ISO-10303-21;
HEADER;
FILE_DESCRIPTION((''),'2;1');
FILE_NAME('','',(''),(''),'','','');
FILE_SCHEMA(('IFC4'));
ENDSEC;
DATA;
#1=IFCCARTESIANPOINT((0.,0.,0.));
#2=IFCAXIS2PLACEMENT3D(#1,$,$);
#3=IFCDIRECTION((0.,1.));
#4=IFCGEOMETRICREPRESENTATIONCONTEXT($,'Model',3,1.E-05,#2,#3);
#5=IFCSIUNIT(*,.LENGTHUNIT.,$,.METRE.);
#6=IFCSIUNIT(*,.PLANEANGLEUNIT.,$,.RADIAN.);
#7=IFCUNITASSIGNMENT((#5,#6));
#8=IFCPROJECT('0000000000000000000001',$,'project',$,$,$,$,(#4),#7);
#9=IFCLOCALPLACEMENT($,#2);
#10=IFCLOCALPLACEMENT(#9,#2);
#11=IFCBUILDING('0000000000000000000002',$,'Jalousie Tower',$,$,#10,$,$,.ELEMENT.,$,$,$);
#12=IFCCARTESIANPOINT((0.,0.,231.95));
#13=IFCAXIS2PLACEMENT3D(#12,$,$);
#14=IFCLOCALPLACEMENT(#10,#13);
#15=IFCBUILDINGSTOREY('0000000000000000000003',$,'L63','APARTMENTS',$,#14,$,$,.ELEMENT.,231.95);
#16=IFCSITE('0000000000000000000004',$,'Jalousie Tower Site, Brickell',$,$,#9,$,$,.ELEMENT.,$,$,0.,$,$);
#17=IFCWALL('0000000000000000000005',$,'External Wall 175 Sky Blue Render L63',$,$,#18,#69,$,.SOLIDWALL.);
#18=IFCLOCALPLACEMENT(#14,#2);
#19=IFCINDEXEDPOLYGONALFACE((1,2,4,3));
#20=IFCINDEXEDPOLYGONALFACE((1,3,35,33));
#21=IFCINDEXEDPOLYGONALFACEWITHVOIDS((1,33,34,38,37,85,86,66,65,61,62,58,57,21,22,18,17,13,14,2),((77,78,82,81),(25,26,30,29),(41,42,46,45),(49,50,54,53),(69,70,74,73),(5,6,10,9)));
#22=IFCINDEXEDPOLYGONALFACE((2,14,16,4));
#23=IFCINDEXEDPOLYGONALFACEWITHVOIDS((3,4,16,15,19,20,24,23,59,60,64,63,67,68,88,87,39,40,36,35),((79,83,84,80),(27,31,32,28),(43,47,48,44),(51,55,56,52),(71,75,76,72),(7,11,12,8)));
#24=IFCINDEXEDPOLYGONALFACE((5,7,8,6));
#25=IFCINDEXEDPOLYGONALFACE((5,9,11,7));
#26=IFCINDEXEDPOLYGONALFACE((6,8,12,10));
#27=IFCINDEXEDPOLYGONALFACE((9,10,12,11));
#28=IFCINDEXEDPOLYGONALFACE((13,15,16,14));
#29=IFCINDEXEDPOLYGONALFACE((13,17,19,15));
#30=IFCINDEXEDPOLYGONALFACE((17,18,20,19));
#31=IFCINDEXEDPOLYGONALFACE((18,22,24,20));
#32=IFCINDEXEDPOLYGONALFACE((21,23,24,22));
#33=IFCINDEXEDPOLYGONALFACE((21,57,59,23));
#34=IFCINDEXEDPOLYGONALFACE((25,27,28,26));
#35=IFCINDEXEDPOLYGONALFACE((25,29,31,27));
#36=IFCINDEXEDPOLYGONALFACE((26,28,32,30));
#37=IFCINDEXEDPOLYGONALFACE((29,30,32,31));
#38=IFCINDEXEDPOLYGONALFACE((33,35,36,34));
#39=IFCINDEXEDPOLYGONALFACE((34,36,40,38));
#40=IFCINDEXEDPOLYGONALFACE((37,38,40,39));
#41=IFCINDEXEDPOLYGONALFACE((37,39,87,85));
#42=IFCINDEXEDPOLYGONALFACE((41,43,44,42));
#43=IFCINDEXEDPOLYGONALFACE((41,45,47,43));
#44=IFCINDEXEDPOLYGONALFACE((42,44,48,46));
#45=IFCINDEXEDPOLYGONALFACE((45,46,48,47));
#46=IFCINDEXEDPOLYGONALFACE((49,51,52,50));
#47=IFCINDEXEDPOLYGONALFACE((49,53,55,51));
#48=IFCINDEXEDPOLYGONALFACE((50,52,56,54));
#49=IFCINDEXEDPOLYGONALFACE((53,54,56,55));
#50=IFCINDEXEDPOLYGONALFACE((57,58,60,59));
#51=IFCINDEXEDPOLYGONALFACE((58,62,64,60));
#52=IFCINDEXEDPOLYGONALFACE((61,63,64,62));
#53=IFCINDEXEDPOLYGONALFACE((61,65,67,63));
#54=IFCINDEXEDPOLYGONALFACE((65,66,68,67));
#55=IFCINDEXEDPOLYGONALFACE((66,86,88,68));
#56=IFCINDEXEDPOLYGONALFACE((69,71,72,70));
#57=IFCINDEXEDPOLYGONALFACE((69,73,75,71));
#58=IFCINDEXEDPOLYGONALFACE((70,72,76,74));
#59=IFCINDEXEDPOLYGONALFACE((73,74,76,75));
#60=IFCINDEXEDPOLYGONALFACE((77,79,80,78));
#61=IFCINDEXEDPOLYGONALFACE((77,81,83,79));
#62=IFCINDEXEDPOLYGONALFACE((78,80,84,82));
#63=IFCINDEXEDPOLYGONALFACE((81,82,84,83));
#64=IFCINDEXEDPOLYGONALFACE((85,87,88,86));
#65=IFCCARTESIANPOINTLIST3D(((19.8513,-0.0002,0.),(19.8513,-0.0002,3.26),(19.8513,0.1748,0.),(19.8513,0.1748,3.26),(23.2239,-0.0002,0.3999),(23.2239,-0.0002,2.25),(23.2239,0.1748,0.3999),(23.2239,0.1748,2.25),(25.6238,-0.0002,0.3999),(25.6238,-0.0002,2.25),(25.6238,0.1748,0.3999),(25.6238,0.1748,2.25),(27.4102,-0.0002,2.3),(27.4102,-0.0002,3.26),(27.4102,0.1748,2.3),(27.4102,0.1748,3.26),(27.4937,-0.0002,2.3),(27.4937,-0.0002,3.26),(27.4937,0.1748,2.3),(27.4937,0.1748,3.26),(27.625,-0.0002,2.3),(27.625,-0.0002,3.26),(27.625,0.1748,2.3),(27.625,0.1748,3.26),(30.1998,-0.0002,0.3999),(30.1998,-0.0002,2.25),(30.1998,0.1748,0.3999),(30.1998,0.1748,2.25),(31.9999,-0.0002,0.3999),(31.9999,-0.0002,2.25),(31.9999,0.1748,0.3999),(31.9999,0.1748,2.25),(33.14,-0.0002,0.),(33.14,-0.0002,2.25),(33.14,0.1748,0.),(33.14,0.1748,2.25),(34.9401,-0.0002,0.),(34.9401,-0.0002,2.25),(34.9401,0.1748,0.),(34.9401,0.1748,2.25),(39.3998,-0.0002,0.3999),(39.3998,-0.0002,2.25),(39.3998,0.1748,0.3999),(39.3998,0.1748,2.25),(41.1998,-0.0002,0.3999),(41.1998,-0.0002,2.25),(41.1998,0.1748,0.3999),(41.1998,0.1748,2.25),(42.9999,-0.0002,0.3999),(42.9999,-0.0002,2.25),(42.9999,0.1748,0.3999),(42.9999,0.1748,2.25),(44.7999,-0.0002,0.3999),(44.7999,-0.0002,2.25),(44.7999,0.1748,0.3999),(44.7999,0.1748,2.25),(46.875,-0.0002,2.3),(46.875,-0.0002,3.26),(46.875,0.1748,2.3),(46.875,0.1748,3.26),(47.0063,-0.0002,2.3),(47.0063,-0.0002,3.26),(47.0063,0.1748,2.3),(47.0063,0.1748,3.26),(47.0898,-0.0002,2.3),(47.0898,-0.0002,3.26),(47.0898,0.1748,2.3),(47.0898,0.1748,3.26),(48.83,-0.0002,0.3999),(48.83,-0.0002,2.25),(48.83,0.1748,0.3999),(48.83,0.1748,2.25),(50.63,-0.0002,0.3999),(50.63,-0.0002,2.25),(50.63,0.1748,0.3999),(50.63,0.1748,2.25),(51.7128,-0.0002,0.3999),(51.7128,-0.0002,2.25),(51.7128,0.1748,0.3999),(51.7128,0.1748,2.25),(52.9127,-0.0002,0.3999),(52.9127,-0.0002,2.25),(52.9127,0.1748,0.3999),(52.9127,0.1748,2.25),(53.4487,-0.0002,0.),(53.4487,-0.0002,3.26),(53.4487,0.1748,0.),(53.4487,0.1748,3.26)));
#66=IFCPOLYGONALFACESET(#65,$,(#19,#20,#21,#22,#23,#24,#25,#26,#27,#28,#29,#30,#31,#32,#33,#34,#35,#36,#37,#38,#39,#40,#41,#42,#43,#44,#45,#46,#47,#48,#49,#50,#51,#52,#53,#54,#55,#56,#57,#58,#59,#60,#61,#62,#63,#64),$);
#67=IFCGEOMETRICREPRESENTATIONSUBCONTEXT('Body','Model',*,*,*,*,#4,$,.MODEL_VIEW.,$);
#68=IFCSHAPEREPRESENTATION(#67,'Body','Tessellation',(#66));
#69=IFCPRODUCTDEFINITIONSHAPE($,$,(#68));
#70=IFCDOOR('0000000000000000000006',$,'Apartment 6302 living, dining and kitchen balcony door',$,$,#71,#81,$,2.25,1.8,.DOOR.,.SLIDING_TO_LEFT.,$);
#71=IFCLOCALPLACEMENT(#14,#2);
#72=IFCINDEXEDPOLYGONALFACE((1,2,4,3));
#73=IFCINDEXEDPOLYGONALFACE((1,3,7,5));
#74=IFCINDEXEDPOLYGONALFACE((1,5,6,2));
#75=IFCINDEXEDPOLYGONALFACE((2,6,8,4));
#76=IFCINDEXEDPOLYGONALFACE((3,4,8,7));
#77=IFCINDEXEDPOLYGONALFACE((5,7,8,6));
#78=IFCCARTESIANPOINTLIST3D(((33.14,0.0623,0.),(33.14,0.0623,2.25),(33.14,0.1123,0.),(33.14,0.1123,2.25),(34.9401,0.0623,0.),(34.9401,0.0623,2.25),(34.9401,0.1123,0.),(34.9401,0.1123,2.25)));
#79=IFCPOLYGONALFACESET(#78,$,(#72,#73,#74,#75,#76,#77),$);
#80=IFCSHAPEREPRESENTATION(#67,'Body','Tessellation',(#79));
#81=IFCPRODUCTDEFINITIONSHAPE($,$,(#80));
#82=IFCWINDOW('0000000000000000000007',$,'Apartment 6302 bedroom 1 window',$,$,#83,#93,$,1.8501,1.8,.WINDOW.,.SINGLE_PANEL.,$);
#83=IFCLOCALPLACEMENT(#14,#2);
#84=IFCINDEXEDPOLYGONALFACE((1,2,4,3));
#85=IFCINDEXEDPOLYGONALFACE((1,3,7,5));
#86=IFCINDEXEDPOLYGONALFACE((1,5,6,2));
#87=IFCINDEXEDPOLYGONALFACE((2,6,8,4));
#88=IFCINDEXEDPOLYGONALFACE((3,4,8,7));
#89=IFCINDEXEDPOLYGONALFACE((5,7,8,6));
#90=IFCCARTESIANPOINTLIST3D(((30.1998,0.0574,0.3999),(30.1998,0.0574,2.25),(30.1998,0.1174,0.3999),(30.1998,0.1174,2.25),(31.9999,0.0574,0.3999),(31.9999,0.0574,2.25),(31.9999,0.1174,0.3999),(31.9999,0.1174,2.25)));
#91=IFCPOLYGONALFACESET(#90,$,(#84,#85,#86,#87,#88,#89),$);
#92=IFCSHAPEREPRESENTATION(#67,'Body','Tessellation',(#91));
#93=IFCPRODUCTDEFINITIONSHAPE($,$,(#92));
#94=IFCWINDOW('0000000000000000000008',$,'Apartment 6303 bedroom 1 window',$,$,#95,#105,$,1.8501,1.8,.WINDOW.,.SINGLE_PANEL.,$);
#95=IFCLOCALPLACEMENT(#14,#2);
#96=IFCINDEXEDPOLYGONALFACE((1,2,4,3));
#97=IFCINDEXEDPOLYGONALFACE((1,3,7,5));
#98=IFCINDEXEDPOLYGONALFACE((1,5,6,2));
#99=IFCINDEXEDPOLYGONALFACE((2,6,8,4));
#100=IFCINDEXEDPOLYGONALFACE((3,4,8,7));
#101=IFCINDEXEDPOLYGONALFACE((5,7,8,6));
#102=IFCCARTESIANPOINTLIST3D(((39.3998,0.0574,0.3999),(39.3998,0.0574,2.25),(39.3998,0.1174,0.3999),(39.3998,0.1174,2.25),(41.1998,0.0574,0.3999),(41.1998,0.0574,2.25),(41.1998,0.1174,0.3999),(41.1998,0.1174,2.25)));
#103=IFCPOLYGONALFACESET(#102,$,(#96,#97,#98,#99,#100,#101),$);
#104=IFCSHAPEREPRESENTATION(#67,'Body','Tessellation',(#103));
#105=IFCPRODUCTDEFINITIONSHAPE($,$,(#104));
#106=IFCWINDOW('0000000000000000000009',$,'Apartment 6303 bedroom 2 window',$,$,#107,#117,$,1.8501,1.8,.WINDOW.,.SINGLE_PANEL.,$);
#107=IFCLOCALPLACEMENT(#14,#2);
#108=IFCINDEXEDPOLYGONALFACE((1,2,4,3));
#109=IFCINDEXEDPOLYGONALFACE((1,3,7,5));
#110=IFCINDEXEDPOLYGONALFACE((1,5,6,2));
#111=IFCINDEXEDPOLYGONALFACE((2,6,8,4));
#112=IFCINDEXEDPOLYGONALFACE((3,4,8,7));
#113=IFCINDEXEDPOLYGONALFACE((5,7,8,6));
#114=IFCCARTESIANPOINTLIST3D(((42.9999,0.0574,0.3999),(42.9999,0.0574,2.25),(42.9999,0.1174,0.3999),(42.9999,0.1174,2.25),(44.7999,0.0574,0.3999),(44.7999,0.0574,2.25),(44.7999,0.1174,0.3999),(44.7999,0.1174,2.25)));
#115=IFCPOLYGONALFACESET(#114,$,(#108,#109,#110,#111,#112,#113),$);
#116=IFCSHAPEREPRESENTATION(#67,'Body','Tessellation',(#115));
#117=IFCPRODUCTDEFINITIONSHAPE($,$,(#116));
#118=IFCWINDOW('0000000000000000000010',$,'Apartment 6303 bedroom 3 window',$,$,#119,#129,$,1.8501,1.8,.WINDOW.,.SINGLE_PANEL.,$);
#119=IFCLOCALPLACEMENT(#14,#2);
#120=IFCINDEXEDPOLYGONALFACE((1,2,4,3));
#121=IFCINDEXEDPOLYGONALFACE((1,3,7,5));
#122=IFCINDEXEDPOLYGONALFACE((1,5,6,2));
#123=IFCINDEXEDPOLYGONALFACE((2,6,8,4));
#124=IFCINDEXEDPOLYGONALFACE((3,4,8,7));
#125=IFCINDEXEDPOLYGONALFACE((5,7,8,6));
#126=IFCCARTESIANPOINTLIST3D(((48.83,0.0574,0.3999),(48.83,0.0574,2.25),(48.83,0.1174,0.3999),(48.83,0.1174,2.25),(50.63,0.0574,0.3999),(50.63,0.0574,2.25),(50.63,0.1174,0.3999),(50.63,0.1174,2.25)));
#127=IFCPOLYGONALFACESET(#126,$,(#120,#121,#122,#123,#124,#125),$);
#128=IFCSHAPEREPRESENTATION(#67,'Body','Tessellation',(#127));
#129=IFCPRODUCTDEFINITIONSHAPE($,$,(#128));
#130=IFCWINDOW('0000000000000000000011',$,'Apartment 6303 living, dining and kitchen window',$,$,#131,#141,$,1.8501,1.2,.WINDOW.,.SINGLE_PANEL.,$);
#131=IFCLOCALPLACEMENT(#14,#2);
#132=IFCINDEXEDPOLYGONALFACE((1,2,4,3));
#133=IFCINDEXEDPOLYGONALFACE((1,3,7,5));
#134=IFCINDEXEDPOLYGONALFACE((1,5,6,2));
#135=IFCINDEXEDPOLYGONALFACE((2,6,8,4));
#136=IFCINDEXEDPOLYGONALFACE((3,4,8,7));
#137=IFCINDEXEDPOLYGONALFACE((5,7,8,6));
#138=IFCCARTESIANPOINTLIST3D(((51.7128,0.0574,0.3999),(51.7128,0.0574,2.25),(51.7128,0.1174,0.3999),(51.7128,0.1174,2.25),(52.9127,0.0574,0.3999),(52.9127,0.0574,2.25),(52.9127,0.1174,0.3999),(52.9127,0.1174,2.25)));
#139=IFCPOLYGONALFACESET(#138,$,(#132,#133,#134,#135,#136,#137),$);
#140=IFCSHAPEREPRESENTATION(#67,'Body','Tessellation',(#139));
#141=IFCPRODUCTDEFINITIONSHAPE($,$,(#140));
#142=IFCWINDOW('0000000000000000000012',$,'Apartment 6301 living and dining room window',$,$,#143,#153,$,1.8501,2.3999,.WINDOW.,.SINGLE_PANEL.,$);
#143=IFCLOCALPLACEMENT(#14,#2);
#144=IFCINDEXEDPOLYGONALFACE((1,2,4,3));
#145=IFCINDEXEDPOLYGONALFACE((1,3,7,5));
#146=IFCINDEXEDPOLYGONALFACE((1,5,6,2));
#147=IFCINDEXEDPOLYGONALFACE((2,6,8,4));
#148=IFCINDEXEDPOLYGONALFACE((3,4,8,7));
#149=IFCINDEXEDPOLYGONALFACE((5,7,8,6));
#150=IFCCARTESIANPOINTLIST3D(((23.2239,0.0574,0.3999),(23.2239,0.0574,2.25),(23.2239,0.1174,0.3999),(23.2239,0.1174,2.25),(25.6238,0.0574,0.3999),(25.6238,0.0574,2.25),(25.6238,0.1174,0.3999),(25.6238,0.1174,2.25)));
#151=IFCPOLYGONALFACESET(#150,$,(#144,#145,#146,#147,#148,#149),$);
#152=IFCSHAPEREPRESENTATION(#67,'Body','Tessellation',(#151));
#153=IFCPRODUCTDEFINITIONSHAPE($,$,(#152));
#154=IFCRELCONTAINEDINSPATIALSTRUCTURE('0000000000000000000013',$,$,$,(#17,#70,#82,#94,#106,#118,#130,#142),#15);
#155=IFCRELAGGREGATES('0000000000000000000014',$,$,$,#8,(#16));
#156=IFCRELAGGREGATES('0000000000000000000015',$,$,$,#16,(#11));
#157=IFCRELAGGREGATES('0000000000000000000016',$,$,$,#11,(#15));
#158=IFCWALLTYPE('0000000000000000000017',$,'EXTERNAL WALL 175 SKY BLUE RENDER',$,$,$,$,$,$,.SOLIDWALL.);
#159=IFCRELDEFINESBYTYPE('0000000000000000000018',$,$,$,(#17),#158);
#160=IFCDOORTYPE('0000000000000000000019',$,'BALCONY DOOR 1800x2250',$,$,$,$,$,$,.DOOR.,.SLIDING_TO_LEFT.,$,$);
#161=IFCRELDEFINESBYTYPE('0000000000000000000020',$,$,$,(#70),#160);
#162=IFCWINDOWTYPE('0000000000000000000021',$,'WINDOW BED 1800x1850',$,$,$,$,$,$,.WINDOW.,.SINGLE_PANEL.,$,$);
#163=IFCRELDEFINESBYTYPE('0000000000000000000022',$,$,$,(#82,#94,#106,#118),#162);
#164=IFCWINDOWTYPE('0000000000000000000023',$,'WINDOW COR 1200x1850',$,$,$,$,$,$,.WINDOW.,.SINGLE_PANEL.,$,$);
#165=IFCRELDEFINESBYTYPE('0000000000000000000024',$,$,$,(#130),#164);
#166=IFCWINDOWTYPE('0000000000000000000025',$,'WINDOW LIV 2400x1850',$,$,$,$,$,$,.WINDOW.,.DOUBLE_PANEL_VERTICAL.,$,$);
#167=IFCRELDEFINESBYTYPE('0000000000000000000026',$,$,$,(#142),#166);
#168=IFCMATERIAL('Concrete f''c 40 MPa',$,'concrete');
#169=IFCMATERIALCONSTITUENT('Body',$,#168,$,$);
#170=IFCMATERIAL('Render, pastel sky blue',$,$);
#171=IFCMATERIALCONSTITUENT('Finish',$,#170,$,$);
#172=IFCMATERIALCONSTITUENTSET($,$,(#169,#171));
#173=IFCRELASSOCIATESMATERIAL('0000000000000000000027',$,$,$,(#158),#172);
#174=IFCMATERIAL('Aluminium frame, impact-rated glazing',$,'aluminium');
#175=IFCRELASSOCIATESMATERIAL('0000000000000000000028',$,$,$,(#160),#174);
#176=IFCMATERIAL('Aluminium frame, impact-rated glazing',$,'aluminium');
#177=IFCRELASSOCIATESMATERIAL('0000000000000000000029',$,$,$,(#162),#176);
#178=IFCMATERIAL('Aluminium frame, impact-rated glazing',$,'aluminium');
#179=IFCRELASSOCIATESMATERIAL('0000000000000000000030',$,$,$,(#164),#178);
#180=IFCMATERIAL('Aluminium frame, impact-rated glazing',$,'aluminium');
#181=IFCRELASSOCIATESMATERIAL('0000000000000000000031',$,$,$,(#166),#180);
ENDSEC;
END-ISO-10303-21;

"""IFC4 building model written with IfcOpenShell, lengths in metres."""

from ifc_helpers import new_model, si_unit, direction, frame, frame_2d, origin, place, context, subcontext, project, spatial, polyline, rectangle, outline, extrude, material, constituent, constituent_set, type_object, element, fill, save


model = new_model("IFC4")

# Units and contexts
model_context = context("Model", 3, precision=1e-05, world=origin(), true_north=direction((0.0, 1.0)))
body_context = subcontext(model_context, "Body", "Model", "MODEL_VIEW")
ifc_project = project(units=[si_unit("LENGTHUNIT", "METRE"), si_unit("PLANEANGLEUNIT", "RADIAN")], contexts=[model_context])

# Site, building, storey
site_placement = place(None, origin())
site = spatial("IfcSite", under=ifc_project, at=site_placement, Name="Jalousie Tower Site, Brickell", CompositionType="ELEMENT", RefElevation=0.0)
building_placement = place(site_placement, origin())
building = spatial("IfcBuilding", under=site, at=building_placement, Name="Jalousie Tower", CompositionType="ELEMENT")
storey_placement = place(building_placement, frame((0.0, 0.0, 231.95)))
storey = spatial("IfcBuildingStorey", under=building, at=storey_placement, Name="L63", Description="APARTMENTS", CompositionType="ELEMENT", Elevation=231.95)

# Wall, openings, door, windows
ifc_material_1 = material(Name="Concrete f'c 40 MPa", Category="concrete")
ifc_constituent_1 = constituent(ifc_material_1, Name="Body")
ifc_material_2 = material(Name="Render, pastel sky blue")
ifc_constituent_2 = constituent(ifc_material_2, Name="Finish")
ifc_constituent_set_1 = constituent_set(constituents=[ifc_constituent_1, ifc_constituent_2])
wall_type_1 = type_object("IfcWallType", Name="EXTERNAL WALL 175 SKY BLUE RENDER", PredefinedType="SOLIDWALL", material=ifc_constituent_set_1)
wall_1_placement = place(storey_placement, frame((19.8513, 0.0874, 0.0), z_axis=(0.0, 0.0, 1.0), x_axis=(1.0, 0.0, 0.0)))
wall_1 = element("IfcWall", 1, at=wall_1_placement, inside=storey, type_object=wall_type_1, Name="External Wall 175 Sky Blue Render L63", PredefinedType="SOLIDWALL", context=body_context, shape_type="SweptSolid", body=[
    extrude(outline(polyline([(0.0, 0.0), (33.5974, 0.0), (33.5974, 3.26), (27.2385, 3.26), (27.2385, 2.3), (27.155, 2.3), (27.155, 3.26), (27.0237, 3.26), (27.0237, 2.3), (7.7737, 2.3), (7.7737, 3.26), (7.6423, 3.26), (7.6423, 2.3), (7.5588, 2.3), (7.5588, 3.26), (0.0, 3.26), (0.0, 0.0)])), frame((0.0, 0.0874, 0.0), z_axis=(0.0, -1.0, 0.0), x_axis=(1.0, 0.0, 0.0)), (0.0, 0.0, 1.0), 0.175),
])
opening_1_placement = place(wall_1_placement, frame((3.3726, 0.0, 0.3999)))
opening_1 = element("IfcOpeningElement", 2, at=opening_1_placement, cuts=wall_1, PredefinedType="OPENING", context=body_context, shape_type="SweptSolid", body=[
    extrude(rectangle(XDim=2.3999, YDim=1.8501, at=frame_2d((1.2, 0.925))), frame((0.0, 0.0974, 0.0), z_axis=(0.0, -1.0, 0.0), x_axis=(1.0, 0.0, 0.0)), (0.0, 0.0, 1.0), 0.1951),
])
opening_2_placement = place(wall_1_placement, frame((10.3486, 0.0, 0.3999)))
opening_2 = element("IfcOpeningElement", 3, at=opening_2_placement, cuts=wall_1, PredefinedType="OPENING", context=body_context, shape_type="SweptSolid", body=[
    extrude(rectangle(XDim=1.8, YDim=1.8501, at=frame_2d((0.8999, 0.925))), frame((0.0, 0.0974, 0.0), z_axis=(0.0, -1.0, 0.0), x_axis=(1.0, 0.0, 0.0)), (0.0, 0.0, 1.0), 0.1951),
])
opening_3_placement = place(wall_1_placement, frame((13.2888, 0.0, 0.0)))
opening_3 = element("IfcOpeningElement", 4, at=opening_3_placement, cuts=wall_1, PredefinedType="OPENING", context=body_context, shape_type="SweptSolid", body=[
    extrude(rectangle(XDim=1.8, YDim=2.25, at=frame_2d((0.8999, 1.125))), frame((0.0, 0.0974, 0.0), z_axis=(0.0, -1.0, 0.0), x_axis=(1.0, 0.0, 0.0)), (0.0, 0.0, 1.0), 0.1951),
])
opening_4_placement = place(wall_1_placement, frame((19.5486, 0.0, 0.3999)))
opening_4 = element("IfcOpeningElement", 5, at=opening_4_placement, cuts=wall_1, PredefinedType="OPENING", context=body_context, shape_type="SweptSolid", body=[
    extrude(rectangle(XDim=1.8, YDim=1.8501, at=frame_2d((0.8999, 0.925))), frame((0.0, 0.0974, 0.0), z_axis=(0.0, -1.0, 0.0), x_axis=(1.0, 0.0, 0.0)), (0.0, 0.0, 1.0), 0.1951),
])
opening_5_placement = place(wall_1_placement, frame((23.1487, 0.0, 0.3999)))
opening_5 = element("IfcOpeningElement", 6, at=opening_5_placement, cuts=wall_1, PredefinedType="OPENING", context=body_context, shape_type="SweptSolid", body=[
    extrude(rectangle(XDim=1.8, YDim=1.8501, at=frame_2d((0.8999, 0.925))), frame((0.0, 0.0974, 0.0), z_axis=(0.0, -1.0, 0.0), x_axis=(1.0, 0.0, 0.0)), (0.0, 0.0, 1.0), 0.1951),
])
opening_6_placement = place(wall_1_placement, frame((28.9788, 0.0, 0.3999)))
opening_6 = element("IfcOpeningElement", 7, at=opening_6_placement, cuts=wall_1, PredefinedType="OPENING", context=body_context, shape_type="SweptSolid", body=[
    extrude(rectangle(XDim=1.8, YDim=1.8501, at=frame_2d((0.8999, 0.925))), frame((0.0, 0.0974, 0.0), z_axis=(0.0, -1.0, 0.0), x_axis=(1.0, 0.0, 0.0)), (0.0, 0.0, 1.0), 0.1951),
])
opening_7_placement = place(wall_1_placement, frame((31.8613, 0.0, 0.3999)))
opening_7 = element("IfcOpeningElement", 8, at=opening_7_placement, cuts=wall_1, PredefinedType="OPENING", context=body_context, shape_type="SweptSolid", body=[
    extrude(rectangle(XDim=1.2, YDim=1.8501, at=frame_2d((0.6001, 0.925))), frame((0.0, 0.0974, 0.0), z_axis=(0.0, -1.0, 0.0), x_axis=(1.0, 0.0, 0.0)), (0.0, 0.0, 1.0), 0.1951),
])
ifc_material_3 = material(Name="Aluminium frame, impact-rated glazing", Category="aluminium")
door_type_1 = type_object("IfcDoorType", Name="BALCONY DOOR 1800x2250", OperationType="SLIDING_TO_LEFT", PredefinedType="DOOR", material=ifc_material_3)
door_1_placement = place(opening_3_placement, origin())
door_1 = element("IfcDoor", 9, at=door_1_placement, inside=storey, type_object=door_type_1, Name="Apartment 6302 living, dining and kitchen balcony door", OperationType="SLIDING_TO_LEFT", OverallHeight=2.25, OverallWidth=1.8, PredefinedType="DOOR", context=body_context, shape_type="SweptSolid", body=[
    extrude(rectangle(XDim=1.8, YDim=2.25, at=frame_2d((0.8999, 1.125))), frame((0.0, 0.0249, 0.0), z_axis=(0.0, -1.0, 0.0), x_axis=(1.0, 0.0, 0.0)), (0.0, 0.0, 1.0), 0.05),
])
fill(opening_3, door_1)
ifc_material_4 = material(Name="Aluminium frame, impact-rated glazing", Category="aluminium")
window_type_1 = type_object("IfcWindowType", Name="WINDOW BED 1800x1850", PartitioningType="SINGLE_PANEL", PredefinedType="WINDOW", material=ifc_material_4)
window_1_placement = place(opening_2_placement, origin())
window_1 = element("IfcWindow", 10, at=window_1_placement, inside=storey, type_object=window_type_1, Name="Apartment 6302 bedroom 1 window", OverallHeight=1.8501, OverallWidth=1.8, PartitioningType="SINGLE_PANEL", PredefinedType="WINDOW", context=body_context, shape_type="SweptSolid", body=[
    extrude(rectangle(XDim=1.8, YDim=1.8501, at=frame_2d((0.8999, 0.925))), frame((0.0, 0.03, 0.0), z_axis=(0.0, -1.0, 0.0), x_axis=(1.0, 0.0, 0.0)), (0.0, 0.0, 1.0), 0.0601),
])
fill(opening_2, window_1)
window_2_placement = place(opening_4_placement, origin())
window_2 = element("IfcWindow", 11, at=window_2_placement, inside=storey, type_object=window_type_1, Name="Apartment 6303 bedroom 1 window", OverallHeight=1.8501, OverallWidth=1.8, PartitioningType="SINGLE_PANEL", PredefinedType="WINDOW", context=body_context, shape_type="SweptSolid", body=[
    extrude(rectangle(XDim=1.8, YDim=1.8501, at=frame_2d((0.8999, 0.925))), frame((0.0, 0.03, 0.0), z_axis=(0.0, -1.0, 0.0), x_axis=(1.0, 0.0, 0.0)), (0.0, 0.0, 1.0), 0.0601),
])
fill(opening_4, window_2)
window_3_placement = place(opening_5_placement, origin())
window_3 = element("IfcWindow", 12, at=window_3_placement, inside=storey, type_object=window_type_1, Name="Apartment 6303 bedroom 2 window", OverallHeight=1.8501, OverallWidth=1.8, PartitioningType="SINGLE_PANEL", PredefinedType="WINDOW", context=body_context, shape_type="SweptSolid", body=[
    extrude(rectangle(XDim=1.8, YDim=1.8501, at=frame_2d((0.8999, 0.925))), frame((0.0, 0.03, 0.0), z_axis=(0.0, -1.0, 0.0), x_axis=(1.0, 0.0, 0.0)), (0.0, 0.0, 1.0), 0.0601),
])
fill(opening_5, window_3)
window_4_placement = place(opening_6_placement, origin())
window_4 = element("IfcWindow", 13, at=window_4_placement, inside=storey, type_object=window_type_1, Name="Apartment 6303 bedroom 3 window", OverallHeight=1.8501, OverallWidth=1.8, PartitioningType="SINGLE_PANEL", PredefinedType="WINDOW", context=body_context, shape_type="SweptSolid", body=[
    extrude(rectangle(XDim=1.8, YDim=1.8501, at=frame_2d((0.8999, 0.925))), frame((0.0, 0.03, 0.0), z_axis=(0.0, -1.0, 0.0), x_axis=(1.0, 0.0, 0.0)), (0.0, 0.0, 1.0), 0.0601),
])
fill(opening_6, window_4)
ifc_material_5 = material(Name="Aluminium frame, impact-rated glazing", Category="aluminium")
window_type_2 = type_object("IfcWindowType", Name="WINDOW COR 1200x1850", PartitioningType="SINGLE_PANEL", PredefinedType="WINDOW", material=ifc_material_5)
window_5_placement = place(opening_7_placement, origin())
window_5 = element("IfcWindow", 14, at=window_5_placement, inside=storey, type_object=window_type_2, Name="Apartment 6303 living, dining and kitchen window", OverallHeight=1.8501, OverallWidth=1.2, PartitioningType="SINGLE_PANEL", PredefinedType="WINDOW", context=body_context, shape_type="SweptSolid", body=[
    extrude(rectangle(XDim=1.2, YDim=1.8501, at=frame_2d((0.6001, 0.925))), frame((0.0, 0.03, 0.0), z_axis=(0.0, -1.0, 0.0), x_axis=(1.0, 0.0, 0.0)), (0.0, 0.0, 1.0), 0.0601),
])
fill(opening_7, window_5)
ifc_material_6 = material(Name="Aluminium frame, impact-rated glazing", Category="aluminium")
window_type_3 = type_object("IfcWindowType", Name="WINDOW LIV 2400x1850", PartitioningType="DOUBLE_PANEL_VERTICAL", PredefinedType="WINDOW", material=ifc_material_6)
window_6_placement = place(opening_1_placement, origin())
window_6 = element("IfcWindow", 15, at=window_6_placement, inside=storey, type_object=window_type_3, Name="Apartment 6301 living and dining room window", OverallHeight=1.8501, OverallWidth=2.3999, PartitioningType="SINGLE_PANEL", PredefinedType="WINDOW", context=body_context, shape_type="SweptSolid", body=[
    extrude(rectangle(XDim=2.3999, YDim=1.8501, at=frame_2d((1.2, 0.925))), frame((0.0, 0.03, 0.0), z_axis=(0.0, -1.0, 0.0), x_axis=(1.0, 0.0, 0.0)), (0.0, 0.0, 1.0), 0.0601),
])
fill(opening_1, window_6)

save(model, "model.ifc")
